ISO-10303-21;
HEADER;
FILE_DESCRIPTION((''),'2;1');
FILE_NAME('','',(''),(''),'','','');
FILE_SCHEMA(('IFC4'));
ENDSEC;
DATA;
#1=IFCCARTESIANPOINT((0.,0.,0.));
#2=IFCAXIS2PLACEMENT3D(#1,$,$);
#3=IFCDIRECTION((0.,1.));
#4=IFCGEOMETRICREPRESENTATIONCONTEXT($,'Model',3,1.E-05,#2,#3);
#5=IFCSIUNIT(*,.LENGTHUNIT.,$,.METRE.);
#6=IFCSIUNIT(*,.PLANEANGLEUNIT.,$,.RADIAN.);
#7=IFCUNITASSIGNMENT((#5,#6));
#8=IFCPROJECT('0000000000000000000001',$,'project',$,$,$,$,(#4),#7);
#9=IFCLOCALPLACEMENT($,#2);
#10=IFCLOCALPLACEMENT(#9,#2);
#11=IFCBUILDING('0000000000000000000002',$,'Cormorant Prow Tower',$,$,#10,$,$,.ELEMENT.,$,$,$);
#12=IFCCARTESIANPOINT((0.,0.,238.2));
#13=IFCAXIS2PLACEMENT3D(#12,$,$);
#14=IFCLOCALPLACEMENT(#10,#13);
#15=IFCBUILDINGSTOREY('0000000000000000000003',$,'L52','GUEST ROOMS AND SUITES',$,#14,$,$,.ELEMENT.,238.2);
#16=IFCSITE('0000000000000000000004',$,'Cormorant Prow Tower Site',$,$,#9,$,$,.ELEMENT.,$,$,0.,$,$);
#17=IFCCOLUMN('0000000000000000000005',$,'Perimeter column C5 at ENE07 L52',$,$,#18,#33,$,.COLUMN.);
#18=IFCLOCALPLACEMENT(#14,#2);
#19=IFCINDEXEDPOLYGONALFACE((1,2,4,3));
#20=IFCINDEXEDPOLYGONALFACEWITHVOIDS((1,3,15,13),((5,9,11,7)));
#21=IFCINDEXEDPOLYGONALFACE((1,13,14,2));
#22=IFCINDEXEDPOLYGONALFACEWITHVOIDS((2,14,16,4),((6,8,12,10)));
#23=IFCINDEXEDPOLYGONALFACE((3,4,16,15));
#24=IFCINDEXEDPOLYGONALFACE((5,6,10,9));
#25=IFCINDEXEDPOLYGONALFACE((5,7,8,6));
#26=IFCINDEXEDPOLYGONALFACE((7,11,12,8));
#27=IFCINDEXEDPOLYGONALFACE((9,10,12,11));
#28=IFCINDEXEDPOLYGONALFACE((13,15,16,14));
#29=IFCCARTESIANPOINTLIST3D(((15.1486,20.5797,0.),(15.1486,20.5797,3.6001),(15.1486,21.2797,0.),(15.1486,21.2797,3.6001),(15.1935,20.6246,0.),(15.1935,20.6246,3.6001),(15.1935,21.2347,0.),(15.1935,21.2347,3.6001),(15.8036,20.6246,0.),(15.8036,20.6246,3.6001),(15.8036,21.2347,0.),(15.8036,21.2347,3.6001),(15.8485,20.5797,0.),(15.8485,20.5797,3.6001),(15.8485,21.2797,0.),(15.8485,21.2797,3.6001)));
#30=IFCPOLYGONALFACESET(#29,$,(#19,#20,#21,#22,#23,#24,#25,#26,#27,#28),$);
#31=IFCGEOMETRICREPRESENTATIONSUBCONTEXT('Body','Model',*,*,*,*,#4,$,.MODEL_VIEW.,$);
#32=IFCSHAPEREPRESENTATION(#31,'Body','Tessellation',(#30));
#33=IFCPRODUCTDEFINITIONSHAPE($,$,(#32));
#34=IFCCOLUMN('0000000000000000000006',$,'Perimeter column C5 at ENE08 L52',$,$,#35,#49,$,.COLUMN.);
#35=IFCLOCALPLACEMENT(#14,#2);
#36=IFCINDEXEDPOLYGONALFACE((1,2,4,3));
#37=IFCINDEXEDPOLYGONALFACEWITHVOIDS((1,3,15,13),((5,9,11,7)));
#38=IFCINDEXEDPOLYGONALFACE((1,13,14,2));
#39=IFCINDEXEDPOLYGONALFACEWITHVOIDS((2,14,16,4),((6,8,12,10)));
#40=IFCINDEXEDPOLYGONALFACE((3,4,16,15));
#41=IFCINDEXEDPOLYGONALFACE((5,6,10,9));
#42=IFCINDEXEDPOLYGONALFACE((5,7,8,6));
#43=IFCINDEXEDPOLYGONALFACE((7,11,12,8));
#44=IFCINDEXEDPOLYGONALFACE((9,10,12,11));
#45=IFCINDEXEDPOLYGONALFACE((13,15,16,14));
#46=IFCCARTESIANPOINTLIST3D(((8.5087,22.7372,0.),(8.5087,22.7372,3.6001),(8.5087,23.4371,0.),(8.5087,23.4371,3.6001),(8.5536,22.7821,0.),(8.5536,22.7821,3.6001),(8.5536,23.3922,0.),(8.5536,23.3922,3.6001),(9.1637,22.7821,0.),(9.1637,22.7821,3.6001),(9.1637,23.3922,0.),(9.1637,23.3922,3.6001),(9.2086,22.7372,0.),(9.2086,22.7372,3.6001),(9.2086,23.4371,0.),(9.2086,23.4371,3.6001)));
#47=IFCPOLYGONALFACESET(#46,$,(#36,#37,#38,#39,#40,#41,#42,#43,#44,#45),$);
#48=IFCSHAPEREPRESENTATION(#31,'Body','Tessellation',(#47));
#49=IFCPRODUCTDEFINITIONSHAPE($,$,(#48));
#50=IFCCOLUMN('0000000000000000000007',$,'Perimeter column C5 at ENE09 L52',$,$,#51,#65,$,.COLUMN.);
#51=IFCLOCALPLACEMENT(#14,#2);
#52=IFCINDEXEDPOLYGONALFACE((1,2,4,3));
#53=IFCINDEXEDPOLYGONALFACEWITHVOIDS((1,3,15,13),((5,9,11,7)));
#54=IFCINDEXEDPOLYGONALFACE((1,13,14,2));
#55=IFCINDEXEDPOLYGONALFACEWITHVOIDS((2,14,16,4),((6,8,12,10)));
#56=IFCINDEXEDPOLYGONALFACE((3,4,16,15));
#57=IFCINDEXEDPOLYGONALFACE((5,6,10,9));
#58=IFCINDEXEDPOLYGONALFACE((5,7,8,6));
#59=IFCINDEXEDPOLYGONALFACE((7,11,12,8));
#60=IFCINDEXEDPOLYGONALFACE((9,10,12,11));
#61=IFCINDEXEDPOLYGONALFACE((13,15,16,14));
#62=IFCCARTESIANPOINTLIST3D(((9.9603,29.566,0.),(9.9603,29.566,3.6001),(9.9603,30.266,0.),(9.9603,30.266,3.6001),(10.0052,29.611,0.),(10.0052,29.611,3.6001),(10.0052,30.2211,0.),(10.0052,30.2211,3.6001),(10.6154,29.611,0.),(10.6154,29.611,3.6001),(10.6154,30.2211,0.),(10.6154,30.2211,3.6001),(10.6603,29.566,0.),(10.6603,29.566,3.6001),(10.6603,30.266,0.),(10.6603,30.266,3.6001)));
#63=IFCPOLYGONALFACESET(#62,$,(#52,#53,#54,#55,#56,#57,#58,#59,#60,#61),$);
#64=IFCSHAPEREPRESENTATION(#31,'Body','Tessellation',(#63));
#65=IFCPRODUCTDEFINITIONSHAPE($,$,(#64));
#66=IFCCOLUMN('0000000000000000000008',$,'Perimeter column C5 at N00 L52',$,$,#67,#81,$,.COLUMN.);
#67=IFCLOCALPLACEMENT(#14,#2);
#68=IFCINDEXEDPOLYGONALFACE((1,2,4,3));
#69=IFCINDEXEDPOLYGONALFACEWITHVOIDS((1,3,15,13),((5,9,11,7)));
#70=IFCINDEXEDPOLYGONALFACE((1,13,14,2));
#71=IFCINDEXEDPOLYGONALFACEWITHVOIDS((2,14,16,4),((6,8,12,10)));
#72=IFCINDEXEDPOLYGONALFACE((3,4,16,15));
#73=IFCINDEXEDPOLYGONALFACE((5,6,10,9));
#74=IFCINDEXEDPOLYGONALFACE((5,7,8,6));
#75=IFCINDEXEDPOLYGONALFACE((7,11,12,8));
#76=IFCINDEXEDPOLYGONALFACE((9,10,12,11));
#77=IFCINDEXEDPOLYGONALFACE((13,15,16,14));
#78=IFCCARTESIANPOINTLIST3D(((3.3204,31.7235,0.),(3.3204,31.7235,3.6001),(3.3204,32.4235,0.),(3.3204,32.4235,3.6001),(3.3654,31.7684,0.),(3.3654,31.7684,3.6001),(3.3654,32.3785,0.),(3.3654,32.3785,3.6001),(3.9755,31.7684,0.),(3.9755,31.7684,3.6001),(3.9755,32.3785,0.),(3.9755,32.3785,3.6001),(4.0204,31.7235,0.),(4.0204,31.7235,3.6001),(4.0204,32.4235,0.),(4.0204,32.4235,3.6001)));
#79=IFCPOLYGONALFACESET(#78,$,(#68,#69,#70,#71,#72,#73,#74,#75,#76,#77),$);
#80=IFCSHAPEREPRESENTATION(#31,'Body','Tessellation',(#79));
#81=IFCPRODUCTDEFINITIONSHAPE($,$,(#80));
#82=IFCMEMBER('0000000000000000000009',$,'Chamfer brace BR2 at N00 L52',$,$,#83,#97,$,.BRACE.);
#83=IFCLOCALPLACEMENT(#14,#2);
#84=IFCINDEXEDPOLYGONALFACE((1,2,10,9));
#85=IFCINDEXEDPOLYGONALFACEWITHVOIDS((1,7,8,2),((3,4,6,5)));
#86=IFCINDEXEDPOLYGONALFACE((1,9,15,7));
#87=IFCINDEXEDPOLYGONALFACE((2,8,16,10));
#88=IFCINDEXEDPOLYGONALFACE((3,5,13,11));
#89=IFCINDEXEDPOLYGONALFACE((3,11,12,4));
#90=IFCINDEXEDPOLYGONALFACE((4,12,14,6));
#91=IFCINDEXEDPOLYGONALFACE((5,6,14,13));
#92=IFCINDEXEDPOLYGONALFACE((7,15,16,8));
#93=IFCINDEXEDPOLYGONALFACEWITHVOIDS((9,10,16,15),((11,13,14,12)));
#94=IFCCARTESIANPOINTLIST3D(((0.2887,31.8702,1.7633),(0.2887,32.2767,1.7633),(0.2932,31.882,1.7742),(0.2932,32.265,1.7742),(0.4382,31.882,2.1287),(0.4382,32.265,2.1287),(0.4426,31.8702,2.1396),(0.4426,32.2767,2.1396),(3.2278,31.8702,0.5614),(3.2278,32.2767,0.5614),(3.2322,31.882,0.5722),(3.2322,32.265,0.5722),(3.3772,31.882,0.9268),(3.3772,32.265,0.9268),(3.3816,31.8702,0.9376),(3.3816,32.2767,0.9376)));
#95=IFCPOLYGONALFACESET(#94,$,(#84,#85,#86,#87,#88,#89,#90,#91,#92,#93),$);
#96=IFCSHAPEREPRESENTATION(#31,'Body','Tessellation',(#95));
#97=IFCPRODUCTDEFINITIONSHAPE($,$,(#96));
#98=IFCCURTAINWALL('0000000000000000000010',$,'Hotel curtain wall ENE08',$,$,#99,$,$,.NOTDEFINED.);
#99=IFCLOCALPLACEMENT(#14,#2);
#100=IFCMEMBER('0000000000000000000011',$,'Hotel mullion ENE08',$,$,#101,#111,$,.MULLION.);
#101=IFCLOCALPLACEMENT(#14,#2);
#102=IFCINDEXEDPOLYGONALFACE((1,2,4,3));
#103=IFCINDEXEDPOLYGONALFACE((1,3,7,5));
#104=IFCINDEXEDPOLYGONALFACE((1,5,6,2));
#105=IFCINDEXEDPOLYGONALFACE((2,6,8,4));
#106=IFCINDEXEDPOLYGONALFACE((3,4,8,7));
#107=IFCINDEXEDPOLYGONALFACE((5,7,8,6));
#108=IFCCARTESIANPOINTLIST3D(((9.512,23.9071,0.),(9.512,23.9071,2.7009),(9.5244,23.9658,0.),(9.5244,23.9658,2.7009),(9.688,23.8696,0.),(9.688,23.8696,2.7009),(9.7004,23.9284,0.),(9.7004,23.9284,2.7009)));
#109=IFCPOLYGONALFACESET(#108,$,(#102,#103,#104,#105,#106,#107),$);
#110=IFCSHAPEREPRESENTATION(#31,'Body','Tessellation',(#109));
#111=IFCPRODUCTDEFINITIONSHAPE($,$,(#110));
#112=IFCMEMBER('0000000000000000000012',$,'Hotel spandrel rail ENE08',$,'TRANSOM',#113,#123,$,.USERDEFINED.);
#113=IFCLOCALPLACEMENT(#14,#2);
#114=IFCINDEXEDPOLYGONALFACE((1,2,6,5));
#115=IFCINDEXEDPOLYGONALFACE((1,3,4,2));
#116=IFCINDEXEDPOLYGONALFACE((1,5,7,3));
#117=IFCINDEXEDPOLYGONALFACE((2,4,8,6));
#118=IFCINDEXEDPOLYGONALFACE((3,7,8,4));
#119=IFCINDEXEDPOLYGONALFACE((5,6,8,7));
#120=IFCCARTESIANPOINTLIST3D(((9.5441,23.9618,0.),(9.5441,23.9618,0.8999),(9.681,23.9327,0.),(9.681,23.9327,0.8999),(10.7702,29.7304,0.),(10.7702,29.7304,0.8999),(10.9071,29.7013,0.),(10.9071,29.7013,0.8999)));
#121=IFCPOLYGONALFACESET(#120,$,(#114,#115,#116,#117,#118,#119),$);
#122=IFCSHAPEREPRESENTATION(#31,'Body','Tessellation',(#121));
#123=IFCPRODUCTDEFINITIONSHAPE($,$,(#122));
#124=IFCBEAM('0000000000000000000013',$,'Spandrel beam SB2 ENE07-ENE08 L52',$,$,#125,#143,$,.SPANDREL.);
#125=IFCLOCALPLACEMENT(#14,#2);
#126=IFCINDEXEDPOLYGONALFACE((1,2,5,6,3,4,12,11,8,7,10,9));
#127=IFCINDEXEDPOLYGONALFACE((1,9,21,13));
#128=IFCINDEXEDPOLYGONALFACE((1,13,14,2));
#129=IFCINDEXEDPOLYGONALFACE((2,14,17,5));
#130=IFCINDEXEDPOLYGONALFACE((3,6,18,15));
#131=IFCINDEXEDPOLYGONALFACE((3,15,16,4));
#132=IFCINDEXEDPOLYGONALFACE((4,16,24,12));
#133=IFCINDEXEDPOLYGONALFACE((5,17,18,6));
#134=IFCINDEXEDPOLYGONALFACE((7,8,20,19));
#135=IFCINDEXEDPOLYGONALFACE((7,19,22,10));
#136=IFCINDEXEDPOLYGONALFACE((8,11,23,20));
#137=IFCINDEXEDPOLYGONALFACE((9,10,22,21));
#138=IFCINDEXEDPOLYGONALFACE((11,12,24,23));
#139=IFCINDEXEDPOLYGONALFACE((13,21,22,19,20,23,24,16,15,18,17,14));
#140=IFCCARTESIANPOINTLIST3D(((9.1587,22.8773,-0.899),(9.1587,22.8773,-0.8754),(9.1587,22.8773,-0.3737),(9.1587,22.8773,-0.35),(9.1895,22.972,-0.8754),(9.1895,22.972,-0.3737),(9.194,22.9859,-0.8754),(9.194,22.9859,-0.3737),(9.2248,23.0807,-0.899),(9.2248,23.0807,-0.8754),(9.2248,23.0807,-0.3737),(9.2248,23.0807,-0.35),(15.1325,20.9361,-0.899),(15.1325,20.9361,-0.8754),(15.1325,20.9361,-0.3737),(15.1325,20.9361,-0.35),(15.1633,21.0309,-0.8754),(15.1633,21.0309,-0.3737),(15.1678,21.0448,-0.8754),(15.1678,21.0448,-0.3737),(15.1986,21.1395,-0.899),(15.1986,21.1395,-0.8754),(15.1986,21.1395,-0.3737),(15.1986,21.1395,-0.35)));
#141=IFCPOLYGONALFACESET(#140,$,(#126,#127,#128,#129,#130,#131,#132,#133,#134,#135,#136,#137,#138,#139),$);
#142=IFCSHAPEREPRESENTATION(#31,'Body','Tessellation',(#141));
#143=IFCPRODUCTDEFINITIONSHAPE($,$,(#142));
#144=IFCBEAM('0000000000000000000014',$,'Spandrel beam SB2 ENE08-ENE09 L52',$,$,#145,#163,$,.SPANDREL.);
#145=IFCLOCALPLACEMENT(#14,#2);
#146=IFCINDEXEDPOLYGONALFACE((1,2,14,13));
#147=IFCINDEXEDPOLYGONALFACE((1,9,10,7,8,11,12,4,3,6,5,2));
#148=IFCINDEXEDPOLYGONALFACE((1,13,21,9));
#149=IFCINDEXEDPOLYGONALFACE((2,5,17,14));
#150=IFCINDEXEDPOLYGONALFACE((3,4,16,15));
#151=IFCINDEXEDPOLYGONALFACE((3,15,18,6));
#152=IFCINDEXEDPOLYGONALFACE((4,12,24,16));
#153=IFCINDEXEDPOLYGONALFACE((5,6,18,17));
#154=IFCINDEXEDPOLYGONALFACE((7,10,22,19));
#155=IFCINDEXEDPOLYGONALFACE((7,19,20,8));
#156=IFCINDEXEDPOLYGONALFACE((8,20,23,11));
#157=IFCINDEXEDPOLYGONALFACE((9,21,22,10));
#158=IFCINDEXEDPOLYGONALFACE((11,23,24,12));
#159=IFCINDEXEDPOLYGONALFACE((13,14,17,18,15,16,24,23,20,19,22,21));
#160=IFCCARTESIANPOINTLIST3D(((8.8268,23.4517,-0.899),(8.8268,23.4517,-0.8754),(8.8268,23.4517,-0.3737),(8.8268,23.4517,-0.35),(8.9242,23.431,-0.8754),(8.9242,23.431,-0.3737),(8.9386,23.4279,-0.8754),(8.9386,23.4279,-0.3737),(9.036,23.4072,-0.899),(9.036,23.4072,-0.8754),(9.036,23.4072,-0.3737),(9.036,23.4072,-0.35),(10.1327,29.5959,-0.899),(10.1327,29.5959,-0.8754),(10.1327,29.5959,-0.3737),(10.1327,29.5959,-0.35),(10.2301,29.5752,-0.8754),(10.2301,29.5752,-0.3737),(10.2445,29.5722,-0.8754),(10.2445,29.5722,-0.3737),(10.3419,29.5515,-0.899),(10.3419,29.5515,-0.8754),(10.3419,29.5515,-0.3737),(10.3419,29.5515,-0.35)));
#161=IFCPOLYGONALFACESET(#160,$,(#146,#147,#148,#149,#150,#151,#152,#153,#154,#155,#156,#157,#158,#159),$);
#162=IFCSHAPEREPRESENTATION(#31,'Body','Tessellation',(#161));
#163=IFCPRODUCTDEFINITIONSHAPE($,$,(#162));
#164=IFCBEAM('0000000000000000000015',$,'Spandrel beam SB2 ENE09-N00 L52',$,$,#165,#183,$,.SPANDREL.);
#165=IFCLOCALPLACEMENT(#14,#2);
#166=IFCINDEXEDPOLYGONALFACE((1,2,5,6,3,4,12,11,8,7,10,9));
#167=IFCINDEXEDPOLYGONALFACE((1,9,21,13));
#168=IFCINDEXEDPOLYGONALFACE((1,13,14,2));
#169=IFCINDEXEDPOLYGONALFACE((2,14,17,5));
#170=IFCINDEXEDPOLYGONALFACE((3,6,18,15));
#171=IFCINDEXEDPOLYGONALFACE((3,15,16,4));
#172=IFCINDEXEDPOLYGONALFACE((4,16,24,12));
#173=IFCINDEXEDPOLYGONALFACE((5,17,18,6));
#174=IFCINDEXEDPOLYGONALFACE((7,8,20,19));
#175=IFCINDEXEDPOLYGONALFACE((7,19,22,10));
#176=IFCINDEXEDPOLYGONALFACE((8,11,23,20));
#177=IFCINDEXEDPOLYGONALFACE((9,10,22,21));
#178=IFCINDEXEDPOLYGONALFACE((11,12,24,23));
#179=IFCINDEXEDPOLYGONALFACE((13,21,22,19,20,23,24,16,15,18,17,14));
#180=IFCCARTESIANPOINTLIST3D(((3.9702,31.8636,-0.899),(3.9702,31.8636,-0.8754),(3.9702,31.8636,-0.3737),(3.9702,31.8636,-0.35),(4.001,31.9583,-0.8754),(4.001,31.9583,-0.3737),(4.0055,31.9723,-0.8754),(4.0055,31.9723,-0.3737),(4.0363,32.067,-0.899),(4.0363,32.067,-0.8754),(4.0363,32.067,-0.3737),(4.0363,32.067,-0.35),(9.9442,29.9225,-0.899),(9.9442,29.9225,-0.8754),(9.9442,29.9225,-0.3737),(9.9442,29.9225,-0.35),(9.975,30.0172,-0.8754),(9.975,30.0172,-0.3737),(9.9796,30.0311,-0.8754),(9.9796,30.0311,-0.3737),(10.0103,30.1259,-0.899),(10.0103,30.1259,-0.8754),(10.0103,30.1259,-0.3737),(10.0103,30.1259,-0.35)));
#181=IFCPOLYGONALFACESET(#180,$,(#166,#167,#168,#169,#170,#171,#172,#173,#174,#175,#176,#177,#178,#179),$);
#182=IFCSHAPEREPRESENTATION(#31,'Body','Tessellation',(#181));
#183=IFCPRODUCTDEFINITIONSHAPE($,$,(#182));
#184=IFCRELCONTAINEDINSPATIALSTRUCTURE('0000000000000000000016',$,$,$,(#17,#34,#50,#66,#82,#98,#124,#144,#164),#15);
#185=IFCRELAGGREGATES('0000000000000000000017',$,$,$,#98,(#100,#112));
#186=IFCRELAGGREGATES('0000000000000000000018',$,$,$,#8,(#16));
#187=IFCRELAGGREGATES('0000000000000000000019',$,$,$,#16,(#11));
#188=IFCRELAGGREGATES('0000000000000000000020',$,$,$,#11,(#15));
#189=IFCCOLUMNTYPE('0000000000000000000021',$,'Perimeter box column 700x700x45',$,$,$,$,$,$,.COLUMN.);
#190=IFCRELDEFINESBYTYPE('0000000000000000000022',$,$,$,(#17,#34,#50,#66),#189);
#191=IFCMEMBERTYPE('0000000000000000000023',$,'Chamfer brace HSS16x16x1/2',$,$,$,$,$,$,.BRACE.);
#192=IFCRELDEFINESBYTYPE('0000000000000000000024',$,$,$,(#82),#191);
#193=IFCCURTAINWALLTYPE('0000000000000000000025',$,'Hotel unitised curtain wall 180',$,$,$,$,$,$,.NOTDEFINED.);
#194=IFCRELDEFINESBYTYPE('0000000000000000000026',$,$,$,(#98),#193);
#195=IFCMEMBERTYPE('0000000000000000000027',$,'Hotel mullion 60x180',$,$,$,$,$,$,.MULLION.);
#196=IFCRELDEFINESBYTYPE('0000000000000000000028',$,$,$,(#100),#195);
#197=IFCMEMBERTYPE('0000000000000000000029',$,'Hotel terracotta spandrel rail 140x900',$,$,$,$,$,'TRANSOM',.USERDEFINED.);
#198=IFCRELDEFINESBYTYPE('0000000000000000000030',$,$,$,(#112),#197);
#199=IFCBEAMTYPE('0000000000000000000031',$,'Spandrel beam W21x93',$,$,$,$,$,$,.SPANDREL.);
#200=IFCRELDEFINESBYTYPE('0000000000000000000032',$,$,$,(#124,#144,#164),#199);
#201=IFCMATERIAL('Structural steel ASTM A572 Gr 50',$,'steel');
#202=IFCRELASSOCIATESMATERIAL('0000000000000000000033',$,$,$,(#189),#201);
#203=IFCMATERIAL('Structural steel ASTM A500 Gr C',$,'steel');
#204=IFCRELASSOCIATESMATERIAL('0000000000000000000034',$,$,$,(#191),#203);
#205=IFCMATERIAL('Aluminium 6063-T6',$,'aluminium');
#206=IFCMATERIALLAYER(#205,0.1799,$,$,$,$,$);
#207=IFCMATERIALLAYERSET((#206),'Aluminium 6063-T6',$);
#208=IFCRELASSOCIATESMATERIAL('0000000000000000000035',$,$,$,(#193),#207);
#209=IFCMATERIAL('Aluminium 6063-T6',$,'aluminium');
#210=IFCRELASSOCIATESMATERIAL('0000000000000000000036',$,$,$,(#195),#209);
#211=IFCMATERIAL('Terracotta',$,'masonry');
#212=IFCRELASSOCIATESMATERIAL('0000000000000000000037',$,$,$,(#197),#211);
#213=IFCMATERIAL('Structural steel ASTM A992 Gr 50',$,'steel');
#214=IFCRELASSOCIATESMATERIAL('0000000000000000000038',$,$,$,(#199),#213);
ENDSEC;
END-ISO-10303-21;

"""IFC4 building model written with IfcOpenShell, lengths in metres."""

from ifc_helpers import new_model, si_unit, direction, frame, origin, origin_2d, place, context, subcontext, project, spatial, rectangle, hollow_rectangle, i_section, extrude, material, layer, layer_set, material_profile, profile_set, type_object, element, aggregate, save


model = new_model("IFC4")

# Units and contexts
model_context = context("Model", 3, precision=1e-05, world=origin(), true_north=direction((0.0, 1.0)))
body_context = subcontext(model_context, "Body", "Model", "MODEL_VIEW")
ifc_project = project(units=[si_unit("LENGTHUNIT", "METRE"), si_unit("PLANEANGLEUNIT", "RADIAN")], contexts=[model_context])

# Site, building, storey
site_placement = place(None, origin())
site = spatial("IfcSite", under=ifc_project, at=site_placement, Name="Cormorant Prow Tower Site", CompositionType="ELEMENT", RefElevation=0.0)
building_placement = place(site_placement, origin())
building = spatial("IfcBuilding", under=site, at=building_placement, Name="Cormorant Prow Tower", CompositionType="ELEMENT")
storey_placement = place(building_placement, frame((0.0, 0.0, 238.2)))
storey = spatial("IfcBuildingStorey", under=building, at=storey_placement, Name="L52", Description="GUEST ROOMS AND SUITES", CompositionType="ELEMENT", Elevation=238.2)

# Columns
ifc_material_1 = material(Name="Structural steel ASTM A572 Gr 50", Category="steel")
ifc_material_profile_1 = material_profile(ifc_material_1, hollow_rectangle(XDim=0.7, YDim=0.7, WallThickness=0.0449, at=origin_2d()), Name="Box 700x700x45")
ifc_profile_set_1 = profile_set([ifc_material_profile_1], Name="Structural steel ASTM A572 Gr 50")
column_type = type_object("IfcColumnType", Name="Perimeter box column 700x700x45", PredefinedType="COLUMN", material=ifc_profile_set_1)
for number, where, z_axis, x_axis, name in (
    (1, (15.4985, 20.9297, 0.0), (0.0, 0.0, 1.0), (1.0, 0.0, 0.0), "Perimeter column C5 at ENE07 L52"),
    (2, (8.8586, 23.0872, 0.0), (0.0, 0.0, 1.0), (1.0, 0.0, 0.0), "Perimeter column C5 at ENE08 L52"),
    (3, (10.3103, 29.916, 0.0), (0.0, 0.0, 1.0), (1.0, 0.0, 0.0), "Perimeter column C5 at ENE09 L52"),
    (4, (3.6704, 32.0735, 0.0), (0.0, 0.0, 1.0), (1.0, 0.0, 0.0), "Perimeter column C5 at N00 L52"),
):
    element("IfcColumn", number, at=place(storey_placement, frame(where, z_axis=z_axis, x_axis=x_axis)), inside=storey, type_object=column_type, Name=name, PredefinedType="COLUMN", context=body_context, shape_type="SweptSolid", body=[
        extrude(hollow_rectangle(XDim=0.7, YDim=0.7, WallThickness=0.0449, at=origin_2d()), origin(), (0.0, 0.0, 1.0), 3.6001),
    ])

# Member
ifc_material_2 = material(Name="Structural steel ASTM A500 Gr C", Category="steel")
ifc_material_profile_2 = material_profile(ifc_material_2, hollow_rectangle(XDim=0.4065, YDim=0.4065, WallThickness=0.0117, at=origin_2d()), Name="HSS16x16x1/2")
ifc_profile_set_2 = profile_set([ifc_material_profile_2], Name="Structural steel ASTM A500 Gr C")
member_type_1 = type_object("IfcMemberType", Name="Chamfer brace HSS16x16x1/2", PredefinedType="BRACE", material=ifc_profile_set_2)
member_1_placement = place(storey_placement, frame((3.3047, 32.0735, 0.7495), z_axis=(-0.925591, 0.0, 0.378525), x_axis=(0.0, -1.0, 0.0)))
element("IfcMember", 5, at=member_1_placement, inside=storey, type_object=member_type_1, Name="Chamfer brace BR2 at N00 L52", PredefinedType="BRACE", context=body_context, shape_type="SweptSolid", body=[
    extrude(hollow_rectangle(XDim=0.4065, YDim=0.4065, WallThickness=0.0117, at=origin_2d()), origin(), (0.0, 0.0, 1.0), 3.1753),
])

# Curtain wall, members
ifc_material_3 = material(Name="Aluminium 6063-T6", Category="aluminium")
ifc_layer_1 = layer(ifc_material_3, 0.1799)
ifc_layer_set_1 = layer_set([ifc_layer_1], Name="Aluminium 6063-T6")
curtain_wall_type = type_object("IfcCurtainWallType", Name="Hotel unitised curtain wall 180", PredefinedType="NOTDEFINED", material=ifc_layer_set_1)
curtain_wall_1_placement = place(storey_placement, origin())
curtain_wall_1 = element("IfcCurtainWall", 6, at=curtain_wall_1_placement, inside=storey, type_object=curtain_wall_type, Name="Hotel curtain wall ENE08", PredefinedType="NOTDEFINED")
ifc_material_4 = material(Name="Aluminium 6063-T6", Category="aluminium")
ifc_material_profile_3 = material_profile(ifc_material_4, rectangle(XDim=0.1799, YDim=0.0601, at=origin_2d()), Name="Hotel mullion 60x180")
ifc_profile_set_3 = profile_set([ifc_material_profile_3], Name="Aluminium 6063-T6")
member_type_2 = type_object("IfcMemberType", Name="Hotel mullion 60x180", PredefinedType="MULLION", material=ifc_profile_set_3)
member_2_placement = place(storey_placement, frame((9.6062, 23.9177, 0.0), z_axis=(0.0, 0.0, 1.0), x_axis=(-0.978148, 0.207912, 0.0)))
member_2 = element("IfcMember", 7, at=member_2_placement, type_object=member_type_2, Name="Hotel mullion ENE08", PredefinedType="MULLION", context=body_context, shape_type="SweptSolid", body=[
    extrude(rectangle(XDim=0.1799, YDim=0.0601, at=origin_2d()), origin(), (0.0, 0.0, 1.0), 2.7009),
])
ifc_material_5 = material(Name="Terracotta", Category="masonry")
ifc_material_profile_4 = material_profile(ifc_material_5, rectangle(XDim=0.1399, YDim=0.8999, at=origin_2d()), Name="Hotel terracotta spandrel rail 140x900")
ifc_profile_set_4 = profile_set([ifc_material_profile_4], Name="Terracotta")
member_type_3 = type_object("IfcMemberType", Name="Hotel terracotta spandrel rail 140x900", ElementType="TRANSOM", PredefinedType="USERDEFINED", material=ifc_profile_set_4)
member_3_placement = place(storey_placement, frame((9.6125, 23.9473, 0.45), z_axis=(0.2079, 0.97815, 0.0), x_axis=(-0.97815, 0.2079, 0.0)))
member_3 = element("IfcMember", 8, at=member_3_placement, type_object=member_type_3, Name="Hotel spandrel rail ENE08", ObjectType="TRANSOM", PredefinedType="USERDEFINED", context=body_context, shape_type="SweptSolid", body=[
    extrude(rectangle(XDim=0.1399, YDim=0.8999, at=origin_2d()), origin(), (0.0, 0.0, 1.0), 5.8975),
])

# Beams
ifc_material_6 = material(Name="Structural steel ASTM A992 Gr 50", Category="steel")
ifc_material_profile_5 = material_profile(ifc_material_6, i_section(OverallWidth=0.2139, OverallDepth=0.5491, WebThickness=0.0146, FlangeThickness=0.0237, at=origin_2d()), Name="W21x93")
ifc_profile_set_5 = profile_set([ifc_material_profile_5], Name="Structural steel ASTM A992 Gr 50")
beam_type = type_object("IfcBeamType", Name="Spandrel beam W21x93", PredefinedType="SPANDREL", material=ifc_profile_set_5)
beam_1_placement = place(storey_placement, frame((15.1655, 21.0378, -0.6245), z_axis=(-0.95105, 0.309036, 0.0), x_axis=(-0.309036, -0.95105, 0.0)))
element("IfcBeam", 9, at=beam_1_placement, inside=storey, type_object=beam_type, Name="Spandrel beam SB2 ENE07-ENE08 L52", PredefinedType="SPANDREL", context=body_context, shape_type="SweptSolid", body=[
    extrude(i_section(OverallWidth=0.2139, OverallDepth=0.5491, WebThickness=0.0146, FlangeThickness=0.0237, at=origin_2d()), origin(), (0.0, 0.0, 1.0), 6.2812),
])
for number, where, z_axis, x_axis, name in (
    (10, (8.9314, 23.4294, -0.6245), (0.207896, 0.978151, 0.0), (-0.978151, 0.207896, 0.0), "Spandrel beam SB2 ENE08-ENE09 L52"),
    (11, (9.9773, 30.0242, -0.6245), (-0.951054, 0.309025, 0.0), (-0.309025, -0.951054, 0.0), "Spandrel beam SB2 ENE09-N00 L52"),
):
    element("IfcBeam", number, at=place(storey_placement, frame(where, z_axis=z_axis, x_axis=x_axis)), inside=storey, type_object=beam_type, Name=name, PredefinedType="SPANDREL", context=body_context, shape_type="SweptSolid", body=[
        extrude(i_section(OverallWidth=0.2139, OverallDepth=0.5491, WebThickness=0.0146, FlangeThickness=0.0237, at=origin_2d()), origin(), (0.0, 0.0, 1.0), 6.2815),
    ])

aggregate(curtain_wall_1, [member_2, member_3])

save(model, "model.ifc")
